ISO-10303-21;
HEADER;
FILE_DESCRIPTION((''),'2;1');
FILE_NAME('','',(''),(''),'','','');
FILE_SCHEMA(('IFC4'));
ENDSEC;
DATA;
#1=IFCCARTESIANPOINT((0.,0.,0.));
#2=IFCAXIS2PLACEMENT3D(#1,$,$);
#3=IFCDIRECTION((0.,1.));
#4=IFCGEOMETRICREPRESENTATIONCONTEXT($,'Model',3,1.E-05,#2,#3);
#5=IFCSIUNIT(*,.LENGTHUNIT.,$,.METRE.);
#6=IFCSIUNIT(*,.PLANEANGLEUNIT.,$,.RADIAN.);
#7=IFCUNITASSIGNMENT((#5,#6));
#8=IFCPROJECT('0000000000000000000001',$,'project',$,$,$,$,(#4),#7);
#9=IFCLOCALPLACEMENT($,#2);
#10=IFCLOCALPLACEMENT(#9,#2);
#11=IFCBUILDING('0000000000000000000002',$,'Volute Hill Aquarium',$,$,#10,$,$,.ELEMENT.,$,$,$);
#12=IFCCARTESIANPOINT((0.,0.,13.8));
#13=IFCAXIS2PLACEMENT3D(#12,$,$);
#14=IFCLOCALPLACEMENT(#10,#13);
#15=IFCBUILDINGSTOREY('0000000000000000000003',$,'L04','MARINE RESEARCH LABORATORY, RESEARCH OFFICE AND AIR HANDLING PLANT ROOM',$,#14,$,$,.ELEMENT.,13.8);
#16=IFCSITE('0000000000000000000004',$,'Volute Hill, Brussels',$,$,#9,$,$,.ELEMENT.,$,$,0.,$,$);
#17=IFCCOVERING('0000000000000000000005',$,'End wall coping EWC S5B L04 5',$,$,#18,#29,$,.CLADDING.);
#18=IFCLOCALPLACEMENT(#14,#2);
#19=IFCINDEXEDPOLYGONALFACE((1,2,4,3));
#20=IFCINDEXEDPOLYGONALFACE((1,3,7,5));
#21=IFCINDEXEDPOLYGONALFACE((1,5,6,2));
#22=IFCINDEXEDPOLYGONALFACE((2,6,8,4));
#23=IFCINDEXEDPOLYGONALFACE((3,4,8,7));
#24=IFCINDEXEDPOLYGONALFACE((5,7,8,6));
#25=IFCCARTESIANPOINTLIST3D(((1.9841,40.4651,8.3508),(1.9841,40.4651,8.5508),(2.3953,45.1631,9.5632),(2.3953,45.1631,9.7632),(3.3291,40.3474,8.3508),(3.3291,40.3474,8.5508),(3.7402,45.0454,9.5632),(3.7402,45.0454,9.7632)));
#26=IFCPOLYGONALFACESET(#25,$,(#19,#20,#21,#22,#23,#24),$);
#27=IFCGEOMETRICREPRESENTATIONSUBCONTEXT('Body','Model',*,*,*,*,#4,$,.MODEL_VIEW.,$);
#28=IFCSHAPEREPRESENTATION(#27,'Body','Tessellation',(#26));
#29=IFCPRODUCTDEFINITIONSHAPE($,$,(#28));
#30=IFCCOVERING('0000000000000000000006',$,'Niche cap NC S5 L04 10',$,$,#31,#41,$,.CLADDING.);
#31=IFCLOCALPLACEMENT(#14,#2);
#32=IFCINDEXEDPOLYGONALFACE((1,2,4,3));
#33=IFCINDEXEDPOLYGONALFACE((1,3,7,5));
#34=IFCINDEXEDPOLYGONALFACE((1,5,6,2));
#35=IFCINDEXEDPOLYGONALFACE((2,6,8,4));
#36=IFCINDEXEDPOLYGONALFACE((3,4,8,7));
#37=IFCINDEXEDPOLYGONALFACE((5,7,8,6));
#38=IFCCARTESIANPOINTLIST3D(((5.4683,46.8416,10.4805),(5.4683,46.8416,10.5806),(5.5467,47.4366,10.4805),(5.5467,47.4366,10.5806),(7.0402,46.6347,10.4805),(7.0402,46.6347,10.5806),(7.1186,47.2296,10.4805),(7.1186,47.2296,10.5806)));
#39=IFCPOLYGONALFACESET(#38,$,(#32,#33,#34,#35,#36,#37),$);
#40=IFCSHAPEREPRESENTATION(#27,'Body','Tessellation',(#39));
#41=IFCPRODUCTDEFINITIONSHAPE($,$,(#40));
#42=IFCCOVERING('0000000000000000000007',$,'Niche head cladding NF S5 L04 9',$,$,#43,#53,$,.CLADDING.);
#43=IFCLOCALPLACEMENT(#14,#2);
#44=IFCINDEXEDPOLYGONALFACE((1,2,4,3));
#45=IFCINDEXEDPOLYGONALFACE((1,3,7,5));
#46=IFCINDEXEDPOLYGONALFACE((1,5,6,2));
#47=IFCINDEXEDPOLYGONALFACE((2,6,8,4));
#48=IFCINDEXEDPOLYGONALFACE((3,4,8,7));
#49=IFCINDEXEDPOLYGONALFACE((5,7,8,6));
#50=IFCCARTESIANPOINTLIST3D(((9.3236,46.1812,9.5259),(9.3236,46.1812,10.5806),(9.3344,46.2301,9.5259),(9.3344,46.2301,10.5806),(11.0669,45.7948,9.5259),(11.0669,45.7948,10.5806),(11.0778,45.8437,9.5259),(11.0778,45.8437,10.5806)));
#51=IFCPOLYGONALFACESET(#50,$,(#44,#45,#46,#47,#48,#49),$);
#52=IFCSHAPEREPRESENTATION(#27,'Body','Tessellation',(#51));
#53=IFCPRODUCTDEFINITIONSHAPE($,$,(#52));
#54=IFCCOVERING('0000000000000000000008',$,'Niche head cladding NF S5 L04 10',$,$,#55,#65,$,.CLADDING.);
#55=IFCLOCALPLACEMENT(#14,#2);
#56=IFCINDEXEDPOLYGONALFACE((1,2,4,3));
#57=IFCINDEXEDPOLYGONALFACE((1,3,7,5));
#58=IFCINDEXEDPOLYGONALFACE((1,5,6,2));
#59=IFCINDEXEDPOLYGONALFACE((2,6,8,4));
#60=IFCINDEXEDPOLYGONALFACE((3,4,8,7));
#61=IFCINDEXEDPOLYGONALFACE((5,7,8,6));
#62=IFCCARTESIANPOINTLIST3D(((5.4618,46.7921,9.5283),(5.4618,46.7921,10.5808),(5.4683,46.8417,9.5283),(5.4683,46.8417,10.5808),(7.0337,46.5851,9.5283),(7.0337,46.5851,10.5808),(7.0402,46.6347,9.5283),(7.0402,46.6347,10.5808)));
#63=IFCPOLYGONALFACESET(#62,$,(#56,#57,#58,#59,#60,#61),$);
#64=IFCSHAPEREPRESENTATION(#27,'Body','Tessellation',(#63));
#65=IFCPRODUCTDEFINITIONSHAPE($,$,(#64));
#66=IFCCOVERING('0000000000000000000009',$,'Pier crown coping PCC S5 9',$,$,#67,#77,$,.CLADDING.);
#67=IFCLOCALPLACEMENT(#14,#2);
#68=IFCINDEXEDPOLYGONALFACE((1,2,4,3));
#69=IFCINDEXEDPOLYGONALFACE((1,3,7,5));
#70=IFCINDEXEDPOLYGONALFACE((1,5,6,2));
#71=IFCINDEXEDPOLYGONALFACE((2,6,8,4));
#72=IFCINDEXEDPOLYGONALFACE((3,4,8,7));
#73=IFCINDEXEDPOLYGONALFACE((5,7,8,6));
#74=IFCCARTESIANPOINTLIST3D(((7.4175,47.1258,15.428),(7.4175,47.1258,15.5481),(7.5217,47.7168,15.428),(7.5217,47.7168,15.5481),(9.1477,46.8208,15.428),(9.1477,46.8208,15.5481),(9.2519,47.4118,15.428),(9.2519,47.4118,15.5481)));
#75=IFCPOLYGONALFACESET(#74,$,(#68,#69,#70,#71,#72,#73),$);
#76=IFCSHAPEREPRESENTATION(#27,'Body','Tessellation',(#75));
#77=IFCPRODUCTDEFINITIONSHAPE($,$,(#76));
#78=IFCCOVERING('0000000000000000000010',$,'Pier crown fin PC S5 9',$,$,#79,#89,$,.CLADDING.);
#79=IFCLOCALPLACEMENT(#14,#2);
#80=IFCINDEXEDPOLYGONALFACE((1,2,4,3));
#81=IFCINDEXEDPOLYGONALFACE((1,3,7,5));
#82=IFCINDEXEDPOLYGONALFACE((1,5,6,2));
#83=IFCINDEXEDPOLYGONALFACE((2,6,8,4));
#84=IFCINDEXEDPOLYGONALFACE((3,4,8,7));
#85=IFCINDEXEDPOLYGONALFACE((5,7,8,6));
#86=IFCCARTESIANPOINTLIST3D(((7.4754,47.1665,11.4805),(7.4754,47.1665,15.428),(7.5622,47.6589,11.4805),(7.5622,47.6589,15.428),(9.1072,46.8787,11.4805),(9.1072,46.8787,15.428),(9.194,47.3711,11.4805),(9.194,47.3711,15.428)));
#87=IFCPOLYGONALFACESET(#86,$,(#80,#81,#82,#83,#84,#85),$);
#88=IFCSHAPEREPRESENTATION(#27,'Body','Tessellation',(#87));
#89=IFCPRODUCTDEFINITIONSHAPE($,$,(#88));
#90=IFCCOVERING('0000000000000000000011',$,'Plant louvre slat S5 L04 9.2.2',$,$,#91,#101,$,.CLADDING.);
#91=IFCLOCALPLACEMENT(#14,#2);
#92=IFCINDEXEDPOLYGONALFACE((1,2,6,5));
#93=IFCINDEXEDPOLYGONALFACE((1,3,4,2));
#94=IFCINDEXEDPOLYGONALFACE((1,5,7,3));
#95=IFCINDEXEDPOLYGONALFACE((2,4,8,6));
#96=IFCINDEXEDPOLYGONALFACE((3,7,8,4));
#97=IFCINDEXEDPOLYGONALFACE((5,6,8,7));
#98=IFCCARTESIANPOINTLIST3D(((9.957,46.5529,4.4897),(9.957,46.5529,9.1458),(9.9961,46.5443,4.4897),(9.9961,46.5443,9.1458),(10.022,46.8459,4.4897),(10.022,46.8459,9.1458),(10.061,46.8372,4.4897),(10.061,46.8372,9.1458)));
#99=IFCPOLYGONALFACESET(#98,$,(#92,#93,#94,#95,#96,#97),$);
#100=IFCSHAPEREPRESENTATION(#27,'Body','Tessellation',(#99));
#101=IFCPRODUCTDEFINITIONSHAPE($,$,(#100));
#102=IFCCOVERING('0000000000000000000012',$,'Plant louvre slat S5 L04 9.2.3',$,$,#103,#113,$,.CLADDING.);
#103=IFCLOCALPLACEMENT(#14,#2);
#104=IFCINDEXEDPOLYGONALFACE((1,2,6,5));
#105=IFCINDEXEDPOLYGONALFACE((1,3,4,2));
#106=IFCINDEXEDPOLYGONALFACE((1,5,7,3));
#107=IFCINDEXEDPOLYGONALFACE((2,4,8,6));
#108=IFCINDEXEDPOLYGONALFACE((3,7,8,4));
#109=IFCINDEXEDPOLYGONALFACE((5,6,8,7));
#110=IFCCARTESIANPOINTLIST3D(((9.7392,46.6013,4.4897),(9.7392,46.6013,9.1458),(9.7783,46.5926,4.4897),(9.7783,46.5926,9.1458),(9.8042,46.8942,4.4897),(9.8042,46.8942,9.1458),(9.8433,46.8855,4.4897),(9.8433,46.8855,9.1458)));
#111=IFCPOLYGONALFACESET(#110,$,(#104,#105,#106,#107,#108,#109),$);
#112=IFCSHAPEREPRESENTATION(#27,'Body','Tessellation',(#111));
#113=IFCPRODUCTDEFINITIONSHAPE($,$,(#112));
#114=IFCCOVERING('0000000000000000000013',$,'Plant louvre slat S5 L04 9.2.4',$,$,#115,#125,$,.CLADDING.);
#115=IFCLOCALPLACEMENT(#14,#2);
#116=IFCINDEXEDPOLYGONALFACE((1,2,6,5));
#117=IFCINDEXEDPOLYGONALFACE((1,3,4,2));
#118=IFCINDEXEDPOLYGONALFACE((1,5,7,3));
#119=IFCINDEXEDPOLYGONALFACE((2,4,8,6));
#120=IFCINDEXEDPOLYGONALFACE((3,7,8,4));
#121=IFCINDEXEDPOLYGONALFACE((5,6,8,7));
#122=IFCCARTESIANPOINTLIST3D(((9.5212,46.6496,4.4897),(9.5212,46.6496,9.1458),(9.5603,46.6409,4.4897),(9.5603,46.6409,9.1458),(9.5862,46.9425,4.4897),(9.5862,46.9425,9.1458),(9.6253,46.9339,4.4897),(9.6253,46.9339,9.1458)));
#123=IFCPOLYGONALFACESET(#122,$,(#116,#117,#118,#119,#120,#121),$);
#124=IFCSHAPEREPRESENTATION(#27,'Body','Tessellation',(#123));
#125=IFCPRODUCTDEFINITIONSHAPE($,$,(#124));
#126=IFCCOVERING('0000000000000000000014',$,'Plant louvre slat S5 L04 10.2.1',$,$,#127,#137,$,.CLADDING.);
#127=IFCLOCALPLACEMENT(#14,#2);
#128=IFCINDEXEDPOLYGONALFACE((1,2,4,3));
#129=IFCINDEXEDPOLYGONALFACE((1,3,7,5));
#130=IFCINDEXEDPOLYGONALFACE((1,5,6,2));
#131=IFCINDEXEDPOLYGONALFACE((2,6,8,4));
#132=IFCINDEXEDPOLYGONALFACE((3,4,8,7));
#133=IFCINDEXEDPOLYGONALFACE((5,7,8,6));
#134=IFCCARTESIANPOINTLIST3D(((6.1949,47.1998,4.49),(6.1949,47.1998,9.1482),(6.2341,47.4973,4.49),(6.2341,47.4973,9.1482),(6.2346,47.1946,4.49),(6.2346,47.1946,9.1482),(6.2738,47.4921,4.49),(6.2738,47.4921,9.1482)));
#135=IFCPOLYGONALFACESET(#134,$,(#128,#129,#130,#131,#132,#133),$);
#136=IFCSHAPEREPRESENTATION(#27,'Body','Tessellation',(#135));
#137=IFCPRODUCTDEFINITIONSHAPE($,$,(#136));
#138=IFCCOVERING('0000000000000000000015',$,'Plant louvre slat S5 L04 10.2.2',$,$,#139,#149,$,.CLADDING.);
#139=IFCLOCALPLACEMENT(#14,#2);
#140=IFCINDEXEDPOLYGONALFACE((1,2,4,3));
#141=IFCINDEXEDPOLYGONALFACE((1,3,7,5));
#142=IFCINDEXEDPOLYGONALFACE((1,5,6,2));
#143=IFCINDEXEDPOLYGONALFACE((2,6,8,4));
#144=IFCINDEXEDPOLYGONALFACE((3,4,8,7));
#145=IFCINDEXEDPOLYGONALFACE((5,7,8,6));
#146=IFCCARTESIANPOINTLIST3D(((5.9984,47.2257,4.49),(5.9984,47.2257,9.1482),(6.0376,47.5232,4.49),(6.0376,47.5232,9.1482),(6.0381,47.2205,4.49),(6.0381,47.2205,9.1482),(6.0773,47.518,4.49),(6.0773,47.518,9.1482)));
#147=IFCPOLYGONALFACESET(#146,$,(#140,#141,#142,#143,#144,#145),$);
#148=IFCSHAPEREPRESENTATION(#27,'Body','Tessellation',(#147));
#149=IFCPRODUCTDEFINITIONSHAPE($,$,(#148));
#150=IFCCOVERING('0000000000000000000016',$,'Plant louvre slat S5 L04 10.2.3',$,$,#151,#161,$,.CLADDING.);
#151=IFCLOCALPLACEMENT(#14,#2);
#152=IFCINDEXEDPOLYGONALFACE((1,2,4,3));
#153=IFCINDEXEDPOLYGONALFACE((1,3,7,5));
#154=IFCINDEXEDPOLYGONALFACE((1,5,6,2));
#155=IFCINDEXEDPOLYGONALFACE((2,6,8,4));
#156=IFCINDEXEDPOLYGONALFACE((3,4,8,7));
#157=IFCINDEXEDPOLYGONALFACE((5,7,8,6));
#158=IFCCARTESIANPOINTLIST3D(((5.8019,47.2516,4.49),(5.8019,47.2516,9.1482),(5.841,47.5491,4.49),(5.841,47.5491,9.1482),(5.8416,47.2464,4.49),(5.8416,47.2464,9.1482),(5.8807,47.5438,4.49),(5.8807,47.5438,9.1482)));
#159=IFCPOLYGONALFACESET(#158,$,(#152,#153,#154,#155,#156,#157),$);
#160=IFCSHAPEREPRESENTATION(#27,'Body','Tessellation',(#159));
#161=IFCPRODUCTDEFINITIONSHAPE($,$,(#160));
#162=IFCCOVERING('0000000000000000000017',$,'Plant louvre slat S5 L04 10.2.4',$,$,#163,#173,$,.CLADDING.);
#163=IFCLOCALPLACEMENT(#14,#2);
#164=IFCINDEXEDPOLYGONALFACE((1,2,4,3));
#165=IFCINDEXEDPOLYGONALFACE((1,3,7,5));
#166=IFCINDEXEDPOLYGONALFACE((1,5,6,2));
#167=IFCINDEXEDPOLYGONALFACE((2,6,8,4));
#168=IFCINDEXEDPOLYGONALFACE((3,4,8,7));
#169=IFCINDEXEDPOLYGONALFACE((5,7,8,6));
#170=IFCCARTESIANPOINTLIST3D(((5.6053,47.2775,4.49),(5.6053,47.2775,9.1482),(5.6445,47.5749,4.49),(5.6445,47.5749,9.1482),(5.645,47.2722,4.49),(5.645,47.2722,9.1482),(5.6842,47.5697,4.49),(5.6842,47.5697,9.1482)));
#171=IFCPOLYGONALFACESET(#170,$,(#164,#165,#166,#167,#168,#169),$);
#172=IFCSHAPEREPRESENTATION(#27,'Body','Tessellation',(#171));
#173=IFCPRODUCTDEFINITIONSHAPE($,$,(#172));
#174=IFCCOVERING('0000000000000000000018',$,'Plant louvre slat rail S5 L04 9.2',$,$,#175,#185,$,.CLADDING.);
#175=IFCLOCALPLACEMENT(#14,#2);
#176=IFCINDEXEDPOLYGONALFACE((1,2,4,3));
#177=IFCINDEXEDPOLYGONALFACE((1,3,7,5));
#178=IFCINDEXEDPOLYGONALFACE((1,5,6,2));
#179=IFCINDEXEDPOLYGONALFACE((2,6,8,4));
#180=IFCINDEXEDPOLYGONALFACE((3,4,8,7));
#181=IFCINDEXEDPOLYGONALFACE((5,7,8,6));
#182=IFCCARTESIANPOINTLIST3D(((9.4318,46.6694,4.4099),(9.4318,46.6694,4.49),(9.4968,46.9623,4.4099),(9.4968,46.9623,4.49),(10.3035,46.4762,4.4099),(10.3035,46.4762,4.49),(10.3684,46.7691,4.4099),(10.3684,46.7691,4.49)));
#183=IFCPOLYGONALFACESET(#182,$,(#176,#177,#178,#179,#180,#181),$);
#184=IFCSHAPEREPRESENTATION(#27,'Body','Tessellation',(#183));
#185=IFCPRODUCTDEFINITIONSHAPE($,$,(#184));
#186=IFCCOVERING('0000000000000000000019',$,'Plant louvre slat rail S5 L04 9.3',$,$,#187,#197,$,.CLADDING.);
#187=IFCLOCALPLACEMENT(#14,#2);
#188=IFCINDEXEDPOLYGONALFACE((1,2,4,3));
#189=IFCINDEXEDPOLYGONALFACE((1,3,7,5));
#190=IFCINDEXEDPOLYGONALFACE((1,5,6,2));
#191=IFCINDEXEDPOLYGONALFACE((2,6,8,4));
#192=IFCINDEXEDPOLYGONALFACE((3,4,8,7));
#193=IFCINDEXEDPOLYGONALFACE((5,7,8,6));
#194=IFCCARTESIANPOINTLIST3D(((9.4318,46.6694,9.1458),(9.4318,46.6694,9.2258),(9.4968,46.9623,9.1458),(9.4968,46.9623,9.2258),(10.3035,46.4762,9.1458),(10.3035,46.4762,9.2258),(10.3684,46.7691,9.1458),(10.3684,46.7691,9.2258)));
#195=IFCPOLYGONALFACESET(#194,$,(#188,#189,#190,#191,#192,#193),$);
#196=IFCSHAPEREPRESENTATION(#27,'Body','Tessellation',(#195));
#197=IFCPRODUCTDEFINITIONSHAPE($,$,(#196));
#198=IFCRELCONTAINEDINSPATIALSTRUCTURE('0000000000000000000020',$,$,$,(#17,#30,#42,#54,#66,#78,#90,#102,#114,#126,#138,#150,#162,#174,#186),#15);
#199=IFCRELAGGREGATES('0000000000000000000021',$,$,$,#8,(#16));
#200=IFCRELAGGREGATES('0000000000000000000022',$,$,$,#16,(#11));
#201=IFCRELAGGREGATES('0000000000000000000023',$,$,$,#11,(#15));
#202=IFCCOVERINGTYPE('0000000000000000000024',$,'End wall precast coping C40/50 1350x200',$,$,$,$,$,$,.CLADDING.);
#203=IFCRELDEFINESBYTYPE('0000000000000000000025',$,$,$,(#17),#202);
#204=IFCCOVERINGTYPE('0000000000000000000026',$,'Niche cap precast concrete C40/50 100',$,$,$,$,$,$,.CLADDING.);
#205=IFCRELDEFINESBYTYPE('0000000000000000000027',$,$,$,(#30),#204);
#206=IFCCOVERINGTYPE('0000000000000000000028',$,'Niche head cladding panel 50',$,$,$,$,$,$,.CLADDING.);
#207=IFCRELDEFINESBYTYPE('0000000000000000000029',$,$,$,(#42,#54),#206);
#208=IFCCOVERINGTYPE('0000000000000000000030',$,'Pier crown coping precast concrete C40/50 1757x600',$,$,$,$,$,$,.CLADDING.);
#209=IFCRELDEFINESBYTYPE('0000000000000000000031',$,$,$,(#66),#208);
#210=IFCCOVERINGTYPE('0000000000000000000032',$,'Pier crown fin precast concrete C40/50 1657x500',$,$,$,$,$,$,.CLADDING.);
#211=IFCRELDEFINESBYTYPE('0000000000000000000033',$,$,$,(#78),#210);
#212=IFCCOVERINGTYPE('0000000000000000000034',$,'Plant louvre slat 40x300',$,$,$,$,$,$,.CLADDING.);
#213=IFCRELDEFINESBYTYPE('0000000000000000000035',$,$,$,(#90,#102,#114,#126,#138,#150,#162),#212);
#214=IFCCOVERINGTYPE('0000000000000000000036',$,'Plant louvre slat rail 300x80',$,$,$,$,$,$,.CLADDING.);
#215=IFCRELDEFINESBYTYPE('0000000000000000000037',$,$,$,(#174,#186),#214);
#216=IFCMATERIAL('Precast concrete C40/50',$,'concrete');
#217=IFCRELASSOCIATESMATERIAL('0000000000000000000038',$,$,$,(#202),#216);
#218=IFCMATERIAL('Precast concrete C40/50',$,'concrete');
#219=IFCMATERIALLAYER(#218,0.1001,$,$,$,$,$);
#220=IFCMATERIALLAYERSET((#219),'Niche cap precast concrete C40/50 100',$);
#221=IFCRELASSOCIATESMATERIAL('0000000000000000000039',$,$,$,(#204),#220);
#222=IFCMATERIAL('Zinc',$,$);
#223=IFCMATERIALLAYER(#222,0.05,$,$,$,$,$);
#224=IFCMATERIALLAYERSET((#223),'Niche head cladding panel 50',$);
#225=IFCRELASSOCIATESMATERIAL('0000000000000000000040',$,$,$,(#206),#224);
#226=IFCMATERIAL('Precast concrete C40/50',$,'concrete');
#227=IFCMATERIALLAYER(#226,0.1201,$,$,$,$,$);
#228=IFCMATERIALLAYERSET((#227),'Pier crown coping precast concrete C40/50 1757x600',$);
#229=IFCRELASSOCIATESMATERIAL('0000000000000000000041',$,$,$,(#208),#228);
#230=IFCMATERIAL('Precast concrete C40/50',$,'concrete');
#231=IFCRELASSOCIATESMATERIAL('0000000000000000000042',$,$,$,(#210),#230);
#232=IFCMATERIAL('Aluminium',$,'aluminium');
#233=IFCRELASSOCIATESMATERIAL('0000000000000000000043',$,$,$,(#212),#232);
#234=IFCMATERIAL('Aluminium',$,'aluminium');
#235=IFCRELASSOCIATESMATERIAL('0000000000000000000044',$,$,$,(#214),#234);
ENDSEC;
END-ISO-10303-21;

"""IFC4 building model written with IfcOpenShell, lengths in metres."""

from ifc_helpers import new_model, si_unit, direction, frame, origin, origin_2d, place, context, subcontext, project, spatial, polyline, rectangle, outline, extrude, material, layer, layer_set, type_object, element, save


model = new_model("IFC4")

# Units and contexts
model_context = context("Model", 3, precision=1e-05, world=origin(), true_north=direction((0.0, 1.0)))
body_context = subcontext(model_context, "Body", "Model", "MODEL_VIEW")
ifc_project = project(units=[si_unit("LENGTHUNIT", "METRE"), si_unit("PLANEANGLEUNIT", "RADIAN")], contexts=[model_context])

# Site, building, storey
site_placement = place(None, origin())
site = spatial("IfcSite", under=ifc_project, at=site_placement, Name="Volute Hill, Brussels", CompositionType="ELEMENT", RefElevation=0.0)
building_placement = place(site_placement, origin())
building = spatial("IfcBuilding", under=site, at=building_placement, Name="Volute Hill Aquarium", CompositionType="ELEMENT")
storey_placement = place(building_placement, frame((0.0, 0.0, 13.8)))
storey = spatial("IfcBuildingStorey", under=building, at=storey_placement, Name="L04", Description="MARINE RESEARCH LABORATORY, RESEARCH OFFICE AND AIR HANDLING PLANT ROOM", CompositionType="ELEMENT", Elevation=13.8)

# Coverings
ifc_material_1 = material(Name="Precast concrete C40/50", Category="concrete")
covering_type_1 = type_object("IfcCoveringType", Name="End wall precast coping C40/50 1350x200", PredefinedType="CLADDING", material=ifc_material_1)
covering_1_placement = place(storey_placement, frame((3.3291, 40.3474, 8.3508), z_axis=(0.996193, -0.087179, 0.0), x_axis=(0.084434, 0.964819, 0.248989)))
element("IfcCovering", 1, at=covering_1_placement, inside=storey, type_object=covering_type_1, Name="End wall coping EWC S5B L04 5", PredefinedType="CLADDING", context=body_context, shape_type="SweptSolid", body=[
    extrude(outline(polyline([(0.0, 0.0), (4.8693, 0.0), (4.9191, 0.1937), (0.0498, 0.1937), (0.0, 0.0)])), origin(), (0.0, 0.0, -1.0), 1.3501),
])
ifc_material_2 = material(Name="Precast concrete C40/50", Category="concrete")
ifc_layer_1 = layer(ifc_material_2, 0.1001)
ifc_layer_set_1 = layer_set([ifc_layer_1], Name="Niche cap precast concrete C40/50 100")
covering_type_2 = type_object("IfcCoveringType", Name="Niche cap precast concrete C40/50 100", PredefinedType="CLADDING", material=ifc_layer_set_1)
covering_2_placement = place(storey_placement, frame((6.2935, 47.0356, 10.4805), z_axis=(0.0, 0.0, 1.0), x_axis=(-0.991443, 0.130544, 0.0)))
element("IfcCovering", 2, at=covering_2_placement, inside=storey, type_object=covering_type_2, Name="Niche cap NC S5 L04 10", PredefinedType="CLADDING", context=body_context, shape_type="SweptSolid", body=[
    extrude(rectangle(XDim=1.5854, YDim=0.6001, at=origin_2d()), origin(), (0.0, 0.0, 1.0), 0.1001),
])
ifc_material_3 = material(Name="Zinc")
ifc_layer_2 = layer(ifc_material_3, 0.05)
ifc_layer_set_2 = layer_set([ifc_layer_2], Name="Niche head cladding panel 50")
covering_type_3 = type_object("IfcCoveringType", Name="Niche head cladding panel 50", PredefinedType="CLADDING", material=ifc_layer_set_2)
covering_3_placement = place(storey_placement, frame((10.2007, 46.0125, 9.5259), z_axis=(0.0, 0.0, 1.0), x_axis=(-0.9763, 0.216423, 0.0)))
element("IfcCovering", 3, at=covering_3_placement, inside=storey, type_object=covering_type_3, Name="Niche head cladding NF S5 L04 9", PredefinedType="CLADDING", context=body_context, shape_type="SweptSolid", body=[
    extrude(rectangle(XDim=1.7856, YDim=0.05, at=origin_2d()), origin(), (0.0, 0.0, 1.0), 1.0547),
])
covering_4_placement = place(storey_placement, frame((6.251, 46.7134, 9.5283), z_axis=(0.0, 0.0, 1.0), x_axis=(-0.991443, 0.130544, 0.0)))
element("IfcCovering", 4, at=covering_4_placement, inside=storey, type_object=covering_type_3, Name="Niche head cladding NF S5 L04 10", PredefinedType="CLADDING", context=body_context, shape_type="SweptSolid", body=[
    extrude(rectangle(XDim=1.5854, YDim=0.05, at=origin_2d()), origin(), (0.0, 0.0, 1.0), 1.0525),
])
ifc_material_4 = material(Name="Precast concrete C40/50", Category="concrete")
ifc_layer_3 = layer(ifc_material_4, 0.1201)
ifc_layer_set_3 = layer_set([ifc_layer_3], Name="Pier crown coping precast concrete C40/50 1757x600")
covering_type_4 = type_object("IfcCoveringType", Name="Pier crown coping precast concrete C40/50 1757x600", PredefinedType="CLADDING", material=ifc_layer_set_3)
covering_5_placement = place(storey_placement, frame((8.3347, 47.2688, 15.428), z_axis=(0.0, 0.0, 1.0), x_axis=(-0.984808, 0.173648, 0.0)))
element("IfcCovering", 5, at=covering_5_placement, inside=storey, type_object=covering_type_4, Name="Pier crown coping PCC S5 9", PredefinedType="CLADDING", context=body_context, shape_type="SweptSolid", body=[
    extrude(rectangle(XDim=1.7568, YDim=0.6001, at=origin_2d()), origin(), (0.0, 0.0, 1.0), 0.1201),
])
ifc_material_5 = material(Name="Precast concrete C40/50", Category="concrete")
covering_type_5 = type_object("IfcCoveringType", Name="Pier crown fin precast concrete C40/50 1657x500", PredefinedType="CLADDING", material=ifc_material_5)
covering_6_placement = place(storey_placement, frame((8.3347, 47.2688, 11.4805), z_axis=(0.0, 0.0, 1.0), x_axis=(-0.984808, 0.173648, 0.0)))
element("IfcCovering", 6, at=covering_6_placement, inside=storey, type_object=covering_type_5, Name="Pier crown fin PC S5 9", PredefinedType="CLADDING", context=body_context, shape_type="SweptSolid", body=[
    extrude(rectangle(XDim=1.657, YDim=0.5, at=origin_2d()), origin(), (0.0, 0.0, 1.0), 3.9475),
])
ifc_material_6 = material(Name="Aluminium", Category="aluminium")
covering_type_6 = type_object("IfcCoveringType", Name="Plant louvre slat 40x300", PredefinedType="CLADDING", material=ifc_material_6)
for number, where, z_axis, x_axis, name in (
    (7, (10.009, 46.6951, 4.4897), (0.0, 0.0, 1.0), (-0.9763, 0.216423, 0.0), "Plant louvre slat S5 L04 9.2.2"),
    (8, (9.7913, 46.7434, 4.4897), (0.0, 0.0, 1.0), (-0.9763, 0.216423, 0.0), "Plant louvre slat S5 L04 9.2.3"),
    (9, (9.5732, 46.7917, 4.4897), (0.0, 0.0, 1.0), (-0.9763, 0.216423, 0.0), "Plant louvre slat S5 L04 9.2.4"),
):
    element("IfcCovering", number, at=place(storey_placement, frame(where, z_axis=z_axis, x_axis=x_axis)), inside=storey, type_object=covering_type_6, Name=name, PredefinedType="CLADDING", context=body_context, shape_type="SweptSolid", body=[
        extrude(rectangle(XDim=0.04, YDim=0.3, at=origin_2d()), origin(), (0.0, 0.0, 1.0), 4.656),
    ])
for number, where, z_axis, x_axis, name in (
    (10, (6.2344, 47.3459, 4.49), (0.0, 0.0, 1.0), (-0.991443, 0.130544, 0.0), "Plant louvre slat S5 L04 10.2.1"),
    (11, (6.0378, 47.3718, 4.49), (0.0, 0.0, 1.0), (-0.991443, 0.130544, 0.0), "Plant louvre slat S5 L04 10.2.2"),
    (12, (5.8413, 47.3977, 4.49), (0.0, 0.0, 1.0), (-0.991443, 0.130544, 0.0), "Plant louvre slat S5 L04 10.2.3"),
    (13, (5.6448, 47.4236, 4.49), (0.0, 0.0, 1.0), (-0.991443, 0.130544, 0.0), "Plant louvre slat S5 L04 10.2.4"),
):
    element("IfcCovering", number, at=place(storey_placement, frame(where, z_axis=z_axis, x_axis=x_axis)), inside=storey, type_object=covering_type_6, Name=name, PredefinedType="CLADDING", context=body_context, shape_type="SweptSolid", body=[
        extrude(rectangle(XDim=0.04, YDim=0.3, at=origin_2d()), origin(), (0.0, 0.0, 1.0), 4.6582),
    ])
ifc_material_7 = material(Name="Aluminium", Category="aluminium")
covering_type_7 = type_object("IfcCoveringType", Name="Plant louvre slat rail 300x80", PredefinedType="CLADDING", material=ifc_material_7)
for number, where, z_axis, x_axis, name in (
    (14, (9.9001, 46.7192, 4.4099), (0.0, 0.0, 1.0), (-0.9763, 0.216423, 0.0), "Plant louvre slat rail S5 L04 9.2"),
    (15, (9.9001, 46.7192, 9.1458), (0.0, 0.0, 1.0), (-0.9763, 0.216423, 0.0), "Plant louvre slat rail S5 L04 9.3"),
):
    element("IfcCovering", number, at=place(storey_placement, frame(where, z_axis=z_axis, x_axis=x_axis)), inside=storey, type_object=covering_type_7, Name=name, PredefinedType="CLADDING", context=body_context, shape_type="SweptSolid", body=[
        extrude(rectangle(XDim=0.8928, YDim=0.3, at=origin_2d()), origin(), (0.0, 0.0, 1.0), 0.0801),
    ])

save(model, "model.ifc")
